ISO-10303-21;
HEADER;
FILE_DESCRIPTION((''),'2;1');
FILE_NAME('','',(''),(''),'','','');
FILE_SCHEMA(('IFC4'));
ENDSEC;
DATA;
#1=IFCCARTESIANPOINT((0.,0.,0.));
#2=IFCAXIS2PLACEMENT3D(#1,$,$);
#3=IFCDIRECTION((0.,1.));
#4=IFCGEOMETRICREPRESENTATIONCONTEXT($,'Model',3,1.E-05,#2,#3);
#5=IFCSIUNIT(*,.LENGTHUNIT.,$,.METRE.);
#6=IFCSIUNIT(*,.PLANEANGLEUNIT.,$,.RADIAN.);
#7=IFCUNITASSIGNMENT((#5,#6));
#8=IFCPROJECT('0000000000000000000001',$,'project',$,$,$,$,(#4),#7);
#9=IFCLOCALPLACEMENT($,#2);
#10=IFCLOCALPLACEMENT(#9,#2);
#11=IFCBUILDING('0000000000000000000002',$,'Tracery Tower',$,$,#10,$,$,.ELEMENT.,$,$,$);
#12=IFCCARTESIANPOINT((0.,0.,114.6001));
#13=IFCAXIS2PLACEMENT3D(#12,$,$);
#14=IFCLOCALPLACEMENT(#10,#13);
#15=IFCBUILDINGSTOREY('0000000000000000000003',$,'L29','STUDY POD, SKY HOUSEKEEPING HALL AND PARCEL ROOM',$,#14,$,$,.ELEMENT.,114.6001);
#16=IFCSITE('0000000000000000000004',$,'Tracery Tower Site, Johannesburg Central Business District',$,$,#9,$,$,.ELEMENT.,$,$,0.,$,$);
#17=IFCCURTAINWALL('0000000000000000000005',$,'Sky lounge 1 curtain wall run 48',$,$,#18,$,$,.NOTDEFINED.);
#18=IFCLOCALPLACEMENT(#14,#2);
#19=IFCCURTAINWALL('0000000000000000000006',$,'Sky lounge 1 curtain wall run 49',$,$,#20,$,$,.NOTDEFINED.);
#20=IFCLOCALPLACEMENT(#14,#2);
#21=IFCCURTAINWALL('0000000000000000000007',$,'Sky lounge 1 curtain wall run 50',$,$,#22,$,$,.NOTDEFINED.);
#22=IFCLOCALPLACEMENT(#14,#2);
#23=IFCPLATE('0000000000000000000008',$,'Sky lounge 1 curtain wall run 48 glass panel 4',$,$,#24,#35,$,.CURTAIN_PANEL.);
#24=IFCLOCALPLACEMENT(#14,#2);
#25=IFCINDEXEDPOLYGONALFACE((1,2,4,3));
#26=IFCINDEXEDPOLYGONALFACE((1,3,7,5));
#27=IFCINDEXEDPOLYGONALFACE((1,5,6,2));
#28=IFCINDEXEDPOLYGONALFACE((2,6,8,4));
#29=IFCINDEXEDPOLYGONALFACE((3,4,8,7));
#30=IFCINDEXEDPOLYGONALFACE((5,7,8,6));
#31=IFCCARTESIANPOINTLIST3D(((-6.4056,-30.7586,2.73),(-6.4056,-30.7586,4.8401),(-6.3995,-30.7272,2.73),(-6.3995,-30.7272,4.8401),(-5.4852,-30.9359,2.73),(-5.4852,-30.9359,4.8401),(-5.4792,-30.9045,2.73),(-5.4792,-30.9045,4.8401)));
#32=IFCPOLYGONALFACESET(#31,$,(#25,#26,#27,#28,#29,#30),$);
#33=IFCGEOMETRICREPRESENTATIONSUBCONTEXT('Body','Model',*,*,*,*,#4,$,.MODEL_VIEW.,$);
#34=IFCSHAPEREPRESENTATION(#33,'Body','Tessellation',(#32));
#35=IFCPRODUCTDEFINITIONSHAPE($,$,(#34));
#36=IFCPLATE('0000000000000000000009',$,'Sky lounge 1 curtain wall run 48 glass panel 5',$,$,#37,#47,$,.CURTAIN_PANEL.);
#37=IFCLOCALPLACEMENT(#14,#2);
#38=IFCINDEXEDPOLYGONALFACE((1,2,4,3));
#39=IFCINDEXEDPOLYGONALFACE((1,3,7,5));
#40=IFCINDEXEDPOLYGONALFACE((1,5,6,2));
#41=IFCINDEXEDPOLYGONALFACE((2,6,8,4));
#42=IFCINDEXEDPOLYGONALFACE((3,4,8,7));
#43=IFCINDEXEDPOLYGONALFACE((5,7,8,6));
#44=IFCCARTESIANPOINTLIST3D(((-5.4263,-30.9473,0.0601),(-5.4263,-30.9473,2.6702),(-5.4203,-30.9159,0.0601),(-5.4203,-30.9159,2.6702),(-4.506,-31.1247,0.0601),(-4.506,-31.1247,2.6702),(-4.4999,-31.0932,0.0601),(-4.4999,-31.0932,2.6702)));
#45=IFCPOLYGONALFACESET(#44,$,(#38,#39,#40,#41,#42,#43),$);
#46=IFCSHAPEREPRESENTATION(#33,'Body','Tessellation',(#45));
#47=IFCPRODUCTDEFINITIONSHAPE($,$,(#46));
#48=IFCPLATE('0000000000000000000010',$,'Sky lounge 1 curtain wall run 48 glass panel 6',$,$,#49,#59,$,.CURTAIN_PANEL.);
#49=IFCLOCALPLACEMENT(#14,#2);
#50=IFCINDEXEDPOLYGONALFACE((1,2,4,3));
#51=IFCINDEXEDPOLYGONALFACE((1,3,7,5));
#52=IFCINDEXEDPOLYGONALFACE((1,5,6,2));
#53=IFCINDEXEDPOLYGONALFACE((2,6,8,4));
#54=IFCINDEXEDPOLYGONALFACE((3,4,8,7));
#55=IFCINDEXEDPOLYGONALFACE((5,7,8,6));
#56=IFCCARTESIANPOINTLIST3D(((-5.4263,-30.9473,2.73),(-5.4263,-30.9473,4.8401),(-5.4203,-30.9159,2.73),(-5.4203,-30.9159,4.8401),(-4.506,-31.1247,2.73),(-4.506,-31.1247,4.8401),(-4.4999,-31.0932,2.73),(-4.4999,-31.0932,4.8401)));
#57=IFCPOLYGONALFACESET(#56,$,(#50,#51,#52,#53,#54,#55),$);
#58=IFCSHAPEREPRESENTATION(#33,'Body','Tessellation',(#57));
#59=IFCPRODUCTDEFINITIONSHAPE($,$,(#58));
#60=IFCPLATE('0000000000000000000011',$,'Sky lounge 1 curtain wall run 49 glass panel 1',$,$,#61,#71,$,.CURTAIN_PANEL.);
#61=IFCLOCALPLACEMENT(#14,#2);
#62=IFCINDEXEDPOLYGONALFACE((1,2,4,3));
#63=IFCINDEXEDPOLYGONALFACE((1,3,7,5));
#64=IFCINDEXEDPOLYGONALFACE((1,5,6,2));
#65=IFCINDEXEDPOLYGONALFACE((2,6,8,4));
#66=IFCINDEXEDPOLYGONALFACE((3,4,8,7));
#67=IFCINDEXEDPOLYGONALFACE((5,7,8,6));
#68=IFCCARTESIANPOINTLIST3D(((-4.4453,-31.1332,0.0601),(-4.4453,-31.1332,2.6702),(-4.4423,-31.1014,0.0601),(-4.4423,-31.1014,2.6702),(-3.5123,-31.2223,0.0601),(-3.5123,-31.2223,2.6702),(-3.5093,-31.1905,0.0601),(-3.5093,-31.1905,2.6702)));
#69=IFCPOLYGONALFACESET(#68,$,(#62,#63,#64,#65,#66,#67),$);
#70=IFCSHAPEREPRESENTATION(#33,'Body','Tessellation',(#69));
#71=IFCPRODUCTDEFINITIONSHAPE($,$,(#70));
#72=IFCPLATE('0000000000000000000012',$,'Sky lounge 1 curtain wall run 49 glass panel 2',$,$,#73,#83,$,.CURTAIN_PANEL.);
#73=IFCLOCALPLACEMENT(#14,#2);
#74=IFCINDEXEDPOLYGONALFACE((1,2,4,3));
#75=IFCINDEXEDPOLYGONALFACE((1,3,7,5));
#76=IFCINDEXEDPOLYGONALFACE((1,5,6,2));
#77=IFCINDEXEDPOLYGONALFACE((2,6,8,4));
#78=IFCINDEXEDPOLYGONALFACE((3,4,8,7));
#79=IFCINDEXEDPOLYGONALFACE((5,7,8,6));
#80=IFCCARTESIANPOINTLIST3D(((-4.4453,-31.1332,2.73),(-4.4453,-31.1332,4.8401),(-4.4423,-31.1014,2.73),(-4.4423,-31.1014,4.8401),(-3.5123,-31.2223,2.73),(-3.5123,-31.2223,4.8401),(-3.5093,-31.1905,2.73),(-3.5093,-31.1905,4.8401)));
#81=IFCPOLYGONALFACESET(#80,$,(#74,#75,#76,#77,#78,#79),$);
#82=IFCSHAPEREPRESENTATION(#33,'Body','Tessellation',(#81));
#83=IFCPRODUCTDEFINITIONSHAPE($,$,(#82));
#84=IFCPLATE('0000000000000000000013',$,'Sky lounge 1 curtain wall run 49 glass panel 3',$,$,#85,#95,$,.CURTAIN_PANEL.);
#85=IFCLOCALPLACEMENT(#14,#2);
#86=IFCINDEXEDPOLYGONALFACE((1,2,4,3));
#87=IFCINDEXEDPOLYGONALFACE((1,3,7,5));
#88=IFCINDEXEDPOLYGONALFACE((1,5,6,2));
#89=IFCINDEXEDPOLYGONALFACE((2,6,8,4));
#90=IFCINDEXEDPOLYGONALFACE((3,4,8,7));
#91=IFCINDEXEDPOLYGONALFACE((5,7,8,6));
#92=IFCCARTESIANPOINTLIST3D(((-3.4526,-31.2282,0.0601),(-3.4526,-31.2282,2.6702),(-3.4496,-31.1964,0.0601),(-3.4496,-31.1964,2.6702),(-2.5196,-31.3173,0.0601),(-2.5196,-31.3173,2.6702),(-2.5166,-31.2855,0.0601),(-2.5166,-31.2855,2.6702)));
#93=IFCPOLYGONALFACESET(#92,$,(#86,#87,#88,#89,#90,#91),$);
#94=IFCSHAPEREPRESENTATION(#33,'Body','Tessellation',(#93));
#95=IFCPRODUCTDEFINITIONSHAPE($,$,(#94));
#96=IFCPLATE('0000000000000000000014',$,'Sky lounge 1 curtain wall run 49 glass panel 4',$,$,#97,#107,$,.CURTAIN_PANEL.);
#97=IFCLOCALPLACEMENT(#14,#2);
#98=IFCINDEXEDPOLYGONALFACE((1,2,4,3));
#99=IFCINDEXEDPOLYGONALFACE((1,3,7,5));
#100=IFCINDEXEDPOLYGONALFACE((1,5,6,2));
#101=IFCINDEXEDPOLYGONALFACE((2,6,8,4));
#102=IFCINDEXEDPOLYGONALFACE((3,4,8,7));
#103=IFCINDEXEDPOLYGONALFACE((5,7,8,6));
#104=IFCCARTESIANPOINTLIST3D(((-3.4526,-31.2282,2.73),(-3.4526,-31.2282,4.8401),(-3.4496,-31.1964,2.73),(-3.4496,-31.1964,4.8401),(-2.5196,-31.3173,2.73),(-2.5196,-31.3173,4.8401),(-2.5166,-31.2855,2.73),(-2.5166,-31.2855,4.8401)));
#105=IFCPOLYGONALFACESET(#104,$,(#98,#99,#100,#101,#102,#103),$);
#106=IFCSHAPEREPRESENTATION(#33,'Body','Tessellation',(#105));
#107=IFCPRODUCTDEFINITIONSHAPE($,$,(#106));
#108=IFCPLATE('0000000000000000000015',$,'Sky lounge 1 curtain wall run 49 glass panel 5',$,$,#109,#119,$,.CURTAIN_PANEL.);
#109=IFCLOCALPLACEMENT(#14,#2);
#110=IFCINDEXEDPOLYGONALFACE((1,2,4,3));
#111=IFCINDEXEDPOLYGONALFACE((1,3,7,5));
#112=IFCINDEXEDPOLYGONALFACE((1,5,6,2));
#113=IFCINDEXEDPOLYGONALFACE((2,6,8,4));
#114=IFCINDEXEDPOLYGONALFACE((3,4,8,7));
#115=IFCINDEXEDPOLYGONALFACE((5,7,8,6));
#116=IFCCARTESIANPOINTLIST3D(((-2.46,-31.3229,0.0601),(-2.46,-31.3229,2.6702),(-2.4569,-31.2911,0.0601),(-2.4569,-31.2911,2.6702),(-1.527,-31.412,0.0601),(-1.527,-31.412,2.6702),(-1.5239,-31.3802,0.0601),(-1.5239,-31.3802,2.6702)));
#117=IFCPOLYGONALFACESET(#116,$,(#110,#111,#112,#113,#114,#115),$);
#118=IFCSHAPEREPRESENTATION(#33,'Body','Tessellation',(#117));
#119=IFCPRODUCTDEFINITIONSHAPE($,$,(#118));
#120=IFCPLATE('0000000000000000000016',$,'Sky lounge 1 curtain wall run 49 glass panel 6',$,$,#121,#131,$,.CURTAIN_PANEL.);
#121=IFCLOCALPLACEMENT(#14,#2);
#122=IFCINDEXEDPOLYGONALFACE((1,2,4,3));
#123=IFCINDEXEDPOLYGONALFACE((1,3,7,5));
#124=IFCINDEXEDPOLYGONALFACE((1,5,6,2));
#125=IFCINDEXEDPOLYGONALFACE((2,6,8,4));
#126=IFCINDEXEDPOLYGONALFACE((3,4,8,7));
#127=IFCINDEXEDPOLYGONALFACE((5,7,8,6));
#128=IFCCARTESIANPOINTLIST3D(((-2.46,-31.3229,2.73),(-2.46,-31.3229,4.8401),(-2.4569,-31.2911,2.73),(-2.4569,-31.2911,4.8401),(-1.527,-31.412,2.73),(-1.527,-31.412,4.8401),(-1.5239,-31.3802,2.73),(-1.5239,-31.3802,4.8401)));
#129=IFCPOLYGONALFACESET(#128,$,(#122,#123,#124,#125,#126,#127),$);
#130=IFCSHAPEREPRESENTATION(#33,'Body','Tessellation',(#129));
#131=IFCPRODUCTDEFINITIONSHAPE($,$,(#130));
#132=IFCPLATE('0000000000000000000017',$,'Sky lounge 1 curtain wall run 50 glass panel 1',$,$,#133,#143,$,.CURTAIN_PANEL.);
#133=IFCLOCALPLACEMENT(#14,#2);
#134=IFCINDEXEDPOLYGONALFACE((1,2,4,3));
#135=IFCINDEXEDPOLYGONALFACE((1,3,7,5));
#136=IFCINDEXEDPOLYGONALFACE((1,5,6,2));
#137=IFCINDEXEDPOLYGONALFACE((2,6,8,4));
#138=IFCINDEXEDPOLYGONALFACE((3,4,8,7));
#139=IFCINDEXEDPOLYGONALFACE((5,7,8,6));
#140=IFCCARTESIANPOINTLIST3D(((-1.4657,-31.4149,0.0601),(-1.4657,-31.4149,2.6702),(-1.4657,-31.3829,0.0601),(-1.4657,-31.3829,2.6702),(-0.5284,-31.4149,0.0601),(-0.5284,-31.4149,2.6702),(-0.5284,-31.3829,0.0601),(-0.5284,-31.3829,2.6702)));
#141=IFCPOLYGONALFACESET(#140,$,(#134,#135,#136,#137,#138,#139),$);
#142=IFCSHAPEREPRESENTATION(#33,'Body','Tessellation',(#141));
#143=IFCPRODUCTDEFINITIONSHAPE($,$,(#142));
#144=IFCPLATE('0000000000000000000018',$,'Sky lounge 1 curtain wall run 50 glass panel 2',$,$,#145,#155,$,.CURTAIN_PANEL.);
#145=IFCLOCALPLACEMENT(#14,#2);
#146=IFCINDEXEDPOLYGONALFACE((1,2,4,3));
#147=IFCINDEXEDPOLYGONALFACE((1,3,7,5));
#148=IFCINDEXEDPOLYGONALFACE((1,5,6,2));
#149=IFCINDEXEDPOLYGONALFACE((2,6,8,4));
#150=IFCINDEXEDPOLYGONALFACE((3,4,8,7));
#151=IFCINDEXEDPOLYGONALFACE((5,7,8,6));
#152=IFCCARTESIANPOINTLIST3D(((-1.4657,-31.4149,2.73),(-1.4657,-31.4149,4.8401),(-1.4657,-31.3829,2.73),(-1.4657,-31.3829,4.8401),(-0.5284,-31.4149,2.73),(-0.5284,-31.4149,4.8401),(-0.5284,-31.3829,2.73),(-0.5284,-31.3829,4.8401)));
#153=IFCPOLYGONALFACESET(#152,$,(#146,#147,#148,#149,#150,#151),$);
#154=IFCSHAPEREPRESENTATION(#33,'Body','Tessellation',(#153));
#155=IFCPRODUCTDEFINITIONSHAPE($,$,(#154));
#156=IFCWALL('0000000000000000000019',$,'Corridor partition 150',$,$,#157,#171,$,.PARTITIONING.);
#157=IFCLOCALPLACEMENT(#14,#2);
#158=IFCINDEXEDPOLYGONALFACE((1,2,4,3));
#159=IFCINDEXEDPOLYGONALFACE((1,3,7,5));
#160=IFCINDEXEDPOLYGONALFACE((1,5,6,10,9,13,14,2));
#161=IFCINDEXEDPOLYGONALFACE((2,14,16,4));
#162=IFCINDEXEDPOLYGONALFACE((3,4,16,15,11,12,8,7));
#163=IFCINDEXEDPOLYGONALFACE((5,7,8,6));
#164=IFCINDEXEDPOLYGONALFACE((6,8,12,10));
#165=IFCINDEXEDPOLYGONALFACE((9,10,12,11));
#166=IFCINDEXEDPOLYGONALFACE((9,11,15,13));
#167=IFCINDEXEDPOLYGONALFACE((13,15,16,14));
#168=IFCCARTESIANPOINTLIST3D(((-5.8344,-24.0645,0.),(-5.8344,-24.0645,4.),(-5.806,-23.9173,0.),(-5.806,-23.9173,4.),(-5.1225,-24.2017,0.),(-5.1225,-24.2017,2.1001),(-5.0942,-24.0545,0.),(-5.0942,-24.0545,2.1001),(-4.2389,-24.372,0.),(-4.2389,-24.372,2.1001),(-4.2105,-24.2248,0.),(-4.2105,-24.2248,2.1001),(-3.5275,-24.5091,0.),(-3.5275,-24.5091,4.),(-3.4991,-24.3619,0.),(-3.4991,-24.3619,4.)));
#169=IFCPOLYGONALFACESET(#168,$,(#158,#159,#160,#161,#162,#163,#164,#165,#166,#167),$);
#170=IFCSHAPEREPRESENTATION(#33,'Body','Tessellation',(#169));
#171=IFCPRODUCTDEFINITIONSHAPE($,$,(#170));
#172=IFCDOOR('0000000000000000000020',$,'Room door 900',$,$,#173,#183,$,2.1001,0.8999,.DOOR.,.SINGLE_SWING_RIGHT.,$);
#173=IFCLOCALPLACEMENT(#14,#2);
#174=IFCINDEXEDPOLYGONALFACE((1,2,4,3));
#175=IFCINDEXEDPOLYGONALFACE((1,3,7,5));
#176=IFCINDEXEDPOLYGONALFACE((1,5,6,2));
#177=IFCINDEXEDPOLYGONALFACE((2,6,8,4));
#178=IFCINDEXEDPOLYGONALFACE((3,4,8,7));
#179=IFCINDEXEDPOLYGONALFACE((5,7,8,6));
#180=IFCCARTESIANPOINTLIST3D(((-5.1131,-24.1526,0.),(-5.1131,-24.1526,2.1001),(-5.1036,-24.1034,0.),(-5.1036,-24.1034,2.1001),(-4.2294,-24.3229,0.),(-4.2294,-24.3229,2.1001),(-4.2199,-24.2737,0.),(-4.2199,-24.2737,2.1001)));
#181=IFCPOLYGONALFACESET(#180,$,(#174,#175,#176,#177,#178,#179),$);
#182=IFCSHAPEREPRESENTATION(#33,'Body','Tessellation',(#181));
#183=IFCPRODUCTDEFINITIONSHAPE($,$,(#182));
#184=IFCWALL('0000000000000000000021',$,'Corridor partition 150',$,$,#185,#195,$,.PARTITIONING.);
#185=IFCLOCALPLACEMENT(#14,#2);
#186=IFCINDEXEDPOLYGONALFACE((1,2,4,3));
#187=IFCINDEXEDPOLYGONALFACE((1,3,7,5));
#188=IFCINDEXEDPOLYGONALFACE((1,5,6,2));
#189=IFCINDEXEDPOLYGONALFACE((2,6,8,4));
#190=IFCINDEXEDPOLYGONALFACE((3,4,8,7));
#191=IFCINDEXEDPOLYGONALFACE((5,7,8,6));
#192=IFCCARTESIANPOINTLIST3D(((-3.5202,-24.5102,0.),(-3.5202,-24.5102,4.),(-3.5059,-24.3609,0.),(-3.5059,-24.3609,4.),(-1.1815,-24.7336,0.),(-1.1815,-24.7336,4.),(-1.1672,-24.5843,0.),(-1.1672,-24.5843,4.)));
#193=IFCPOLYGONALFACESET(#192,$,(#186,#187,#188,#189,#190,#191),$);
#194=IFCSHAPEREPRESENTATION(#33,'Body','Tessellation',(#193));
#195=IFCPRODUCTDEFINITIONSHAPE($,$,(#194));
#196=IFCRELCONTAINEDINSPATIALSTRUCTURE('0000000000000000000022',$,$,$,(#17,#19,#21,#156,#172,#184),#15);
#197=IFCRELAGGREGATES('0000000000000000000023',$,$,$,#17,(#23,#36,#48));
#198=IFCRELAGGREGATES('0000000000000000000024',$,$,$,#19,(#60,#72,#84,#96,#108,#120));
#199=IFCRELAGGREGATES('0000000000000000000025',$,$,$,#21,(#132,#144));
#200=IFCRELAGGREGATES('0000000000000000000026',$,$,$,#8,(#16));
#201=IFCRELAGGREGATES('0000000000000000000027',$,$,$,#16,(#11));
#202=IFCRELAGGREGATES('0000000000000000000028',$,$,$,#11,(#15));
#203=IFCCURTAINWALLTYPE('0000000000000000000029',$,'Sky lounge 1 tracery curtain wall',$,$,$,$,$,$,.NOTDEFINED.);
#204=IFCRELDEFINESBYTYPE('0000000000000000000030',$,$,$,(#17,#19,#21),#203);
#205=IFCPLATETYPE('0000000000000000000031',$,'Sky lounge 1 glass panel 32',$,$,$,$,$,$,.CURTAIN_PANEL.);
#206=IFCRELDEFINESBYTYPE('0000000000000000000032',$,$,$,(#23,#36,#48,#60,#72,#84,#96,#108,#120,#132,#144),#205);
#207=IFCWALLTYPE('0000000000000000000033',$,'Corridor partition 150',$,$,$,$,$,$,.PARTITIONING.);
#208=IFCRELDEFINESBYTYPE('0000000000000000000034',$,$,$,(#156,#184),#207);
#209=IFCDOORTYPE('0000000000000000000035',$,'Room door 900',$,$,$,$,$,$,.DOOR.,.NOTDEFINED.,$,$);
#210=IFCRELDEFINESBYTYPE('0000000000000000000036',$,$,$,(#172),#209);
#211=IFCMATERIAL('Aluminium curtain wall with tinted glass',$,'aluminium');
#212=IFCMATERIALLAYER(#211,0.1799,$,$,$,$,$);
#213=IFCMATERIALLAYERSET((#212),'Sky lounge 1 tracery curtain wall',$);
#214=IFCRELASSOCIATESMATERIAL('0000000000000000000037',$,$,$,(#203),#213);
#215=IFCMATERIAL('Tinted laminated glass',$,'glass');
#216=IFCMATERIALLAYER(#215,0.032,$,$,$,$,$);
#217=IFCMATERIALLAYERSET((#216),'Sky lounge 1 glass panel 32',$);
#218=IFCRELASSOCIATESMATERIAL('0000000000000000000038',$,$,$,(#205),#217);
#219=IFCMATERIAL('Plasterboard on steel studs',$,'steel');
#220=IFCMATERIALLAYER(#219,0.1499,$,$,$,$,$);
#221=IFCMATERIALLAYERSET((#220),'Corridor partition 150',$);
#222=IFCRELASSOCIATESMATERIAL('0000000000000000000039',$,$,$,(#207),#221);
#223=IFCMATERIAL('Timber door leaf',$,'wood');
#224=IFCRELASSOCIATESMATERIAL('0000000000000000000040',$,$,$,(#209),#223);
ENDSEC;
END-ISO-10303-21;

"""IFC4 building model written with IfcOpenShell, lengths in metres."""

from ifc_helpers import new_model, si_unit, direction, frame, frame_2d, origin, origin_2d, place, context, subcontext, project, spatial, rectangle, extrude, material, layer, layer_set, type_object, element, fill, aggregate, save


model = new_model("IFC4")

# Units and contexts
model_context = context("Model", 3, precision=1e-05, world=origin(), true_north=direction((0.0, 1.0)))
body_context = subcontext(model_context, "Body", "Model", "MODEL_VIEW")
ifc_project = project(units=[si_unit("LENGTHUNIT", "METRE"), si_unit("PLANEANGLEUNIT", "RADIAN")], contexts=[model_context])

# Site, building, storey
site_placement = place(None, origin())
site = spatial("IfcSite", under=ifc_project, at=site_placement, Name="Tracery Tower Site, Johannesburg Central Business District", CompositionType="ELEMENT", RefElevation=0.0)
building_placement = place(site_placement, origin())
building = spatial("IfcBuilding", under=site, at=building_placement, Name="Tracery Tower", CompositionType="ELEMENT")
storey_placement = place(building_placement, frame((0.0, 0.0, 114.6001)))
storey = spatial("IfcBuildingStorey", under=building, at=storey_placement, Name="L29", Description="STUDY POD, SKY HOUSEKEEPING HALL AND PARCEL ROOM", CompositionType="ELEMENT", Elevation=114.6001)

# Curtain walls
ifc_material_1 = material(Name="Aluminium curtain wall with tinted glass", Category="aluminium")
ifc_layer_1 = layer(ifc_material_1, 0.1799)
ifc_layer_set_1 = layer_set([ifc_layer_1], Name="Sky lounge 1 tracery curtain wall")
curtain_wall_type = type_object("IfcCurtainWallType", Name="Sky lounge 1 tracery curtain wall", PredefinedType="NOTDEFINED", material=ifc_layer_set_1)
curtain_wall_1_placement = place(storey_placement, origin())
curtain_wall_1 = element("IfcCurtainWall", 1, at=curtain_wall_1_placement, inside=storey, type_object=curtain_wall_type, Name="Sky lounge 1 curtain wall run 48", PredefinedType="NOTDEFINED")
curtain_wall_2_placement = place(storey_placement, origin())
curtain_wall_2 = element("IfcCurtainWall", 2, at=curtain_wall_2_placement, inside=storey, type_object=curtain_wall_type, Name="Sky lounge 1 curtain wall run 49", PredefinedType="NOTDEFINED")

# Curtain wall
curtain_wall_3_placement = place(storey_placement, origin())
curtain_wall_3 = element("IfcCurtainWall", 3, at=curtain_wall_3_placement, inside=storey, type_object=curtain_wall_type, Name="Sky lounge 1 curtain wall run 50", PredefinedType="NOTDEFINED")

# Plates
ifc_material_2 = material(Name="Tinted laminated glass", Category="glass")
ifc_layer_2 = layer(ifc_material_2, 0.032)
ifc_layer_set_2 = layer_set([ifc_layer_2], Name="Sky lounge 1 glass panel 32")
plate_type = type_object("IfcPlateType", Name="Sky lounge 1 glass panel 32", PredefinedType="CURTAIN_PANEL", material=ifc_layer_set_2)
plate_1_placement = place(storey_placement, frame((-5.9424, -30.8315, 2.73), z_axis=(0.0, 0.0, 1.0), x_axis=(0.981929, -0.189251, 0.0)))
plate_1 = element("IfcPlate", 4, at=plate_1_placement, type_object=plate_type, Name="Sky lounge 1 curtain wall run 48 glass panel 4", PredefinedType="CURTAIN_PANEL", context=body_context, shape_type="SweptSolid", body=[
    extrude(rectangle(XDim=0.9373, YDim=0.032, at=origin_2d()), origin(), (0.0, 0.0, 1.0), 2.1101),
])
plate_2_placement = place(storey_placement, frame((-4.9631, -31.0203, 0.0601), z_axis=(0.0, 0.0, 1.0), x_axis=(0.981929, -0.189251, 0.0)))
plate_2 = element("IfcPlate", 5, at=plate_2_placement, type_object=plate_type, Name="Sky lounge 1 curtain wall run 48 glass panel 5", PredefinedType="CURTAIN_PANEL", context=body_context, shape_type="SweptSolid", body=[
    extrude(rectangle(XDim=0.9373, YDim=0.032, at=origin_2d()), origin(), (0.0, 0.0, 1.0), 2.6101),
])
plate_3_placement = place(storey_placement, frame((-4.9631, -31.0203, 2.73), z_axis=(0.0, 0.0, 1.0), x_axis=(0.981929, -0.189251, 0.0)))
plate_3 = element("IfcPlate", 6, at=plate_3_placement, type_object=plate_type, Name="Sky lounge 1 curtain wall run 48 glass panel 6", PredefinedType="CURTAIN_PANEL", context=body_context, shape_type="SweptSolid", body=[
    extrude(rectangle(XDim=0.9373, YDim=0.032, at=origin_2d()), origin(), (0.0, 0.0, 1.0), 2.1101),
])
aggregate(curtain_wall_1, [plate_1, plate_2, plate_3])
plate_4_placement = place(storey_placement, frame((-3.9773, -31.1619, 0.0601), z_axis=(0.0, 0.0, 1.0), x_axis=(0.995472, -0.095056, 0.0)))
plate_4 = element("IfcPlate", 7, at=plate_4_placement, type_object=plate_type, Name="Sky lounge 1 curtain wall run 49 glass panel 1", PredefinedType="CURTAIN_PANEL", context=body_context, shape_type="SweptSolid", body=[
    extrude(rectangle(XDim=0.9373, YDim=0.032, at=origin_2d()), origin(), (0.0, 0.0, 1.0), 2.6101),
])
plate_5_placement = place(storey_placement, frame((-3.9773, -31.1619, 2.73), z_axis=(0.0, 0.0, 1.0), x_axis=(0.995472, -0.095056, 0.0)))
plate_5 = element("IfcPlate", 8, at=plate_5_placement, type_object=plate_type, Name="Sky lounge 1 curtain wall run 49 glass panel 2", PredefinedType="CURTAIN_PANEL", context=body_context, shape_type="SweptSolid", body=[
    extrude(rectangle(XDim=0.9373, YDim=0.032, at=origin_2d()), origin(), (0.0, 0.0, 1.0), 2.1101),
])
plate_6_placement = place(storey_placement, frame((-2.9846, -31.2568, 0.0601), z_axis=(0.0, 0.0, 1.0), x_axis=(0.995472, -0.095056, 0.0)))
plate_6 = element("IfcPlate", 9, at=plate_6_placement, type_object=plate_type, Name="Sky lounge 1 curtain wall run 49 glass panel 3", PredefinedType="CURTAIN_PANEL", context=body_context, shape_type="SweptSolid", body=[
    extrude(rectangle(XDim=0.9373, YDim=0.032, at=origin_2d()), origin(), (0.0, 0.0, 1.0), 2.6101),
])
plate_7_placement = place(storey_placement, frame((-2.9846, -31.2568, 2.73), z_axis=(0.0, 0.0, 1.0), x_axis=(0.995472, -0.095056, 0.0)))
plate_7 = element("IfcPlate", 10, at=plate_7_placement, type_object=plate_type, Name="Sky lounge 1 curtain wall run 49 glass panel 4", PredefinedType="CURTAIN_PANEL", context=body_context, shape_type="SweptSolid", body=[
    extrude(rectangle(XDim=0.9373, YDim=0.032, at=origin_2d()), origin(), (0.0, 0.0, 1.0), 2.1101),
])
plate_8_placement = place(storey_placement, frame((-1.9919, -31.3516, 0.0601), z_axis=(0.0, 0.0, 1.0), x_axis=(0.995472, -0.095056, 0.0)))
plate_8 = element("IfcPlate", 11, at=plate_8_placement, type_object=plate_type, Name="Sky lounge 1 curtain wall run 49 glass panel 5", PredefinedType="CURTAIN_PANEL", context=body_context, shape_type="SweptSolid", body=[
    extrude(rectangle(XDim=0.9373, YDim=0.032, at=origin_2d()), origin(), (0.0, 0.0, 1.0), 2.6101),
])
plate_9_placement = place(storey_placement, frame((-1.9919, -31.3516, 2.73), z_axis=(0.0, 0.0, 1.0), x_axis=(0.995472, -0.095056, 0.0)))
plate_9 = element("IfcPlate", 12, at=plate_9_placement, type_object=plate_type, Name="Sky lounge 1 curtain wall run 49 glass panel 6", PredefinedType="CURTAIN_PANEL", context=body_context, shape_type="SweptSolid", body=[
    extrude(rectangle(XDim=0.9373, YDim=0.032, at=origin_2d()), origin(), (0.0, 0.0, 1.0), 2.1101),
])
aggregate(curtain_wall_2, [plate_4, plate_5, plate_6, plate_7, plate_8, plate_9])
plate_10_placement = place(storey_placement, frame((-0.9971, -31.3989, 0.0601), z_axis=(0.0, 0.0, 1.0), x_axis=(1.0, 0.0, 0.0)))
plate_10 = element("IfcPlate", 13, at=plate_10_placement, type_object=plate_type, Name="Sky lounge 1 curtain wall run 50 glass panel 1", PredefinedType="CURTAIN_PANEL", context=body_context, shape_type="SweptSolid", body=[
    extrude(rectangle(XDim=0.9373, YDim=0.032, at=origin_2d()), origin(), (0.0, 0.0, 1.0), 2.6101),
])
plate_11_placement = place(storey_placement, frame((-0.9971, -31.3989, 2.73), z_axis=(0.0, 0.0, 1.0), x_axis=(1.0, 0.0, 0.0)))
plate_11 = element("IfcPlate", 14, at=plate_11_placement, type_object=plate_type, Name="Sky lounge 1 curtain wall run 50 glass panel 2", PredefinedType="CURTAIN_PANEL", context=body_context, shape_type="SweptSolid", body=[
    extrude(rectangle(XDim=0.9373, YDim=0.032, at=origin_2d()), origin(), (0.0, 0.0, 1.0), 2.1101),
])
aggregate(curtain_wall_3, [plate_10, plate_11])

# Wall, opening, door
ifc_material_3 = material(Name="Plasterboard on steel studs", Category="steel")
ifc_layer_3 = layer(ifc_material_3, 0.1499)
ifc_layer_set_3 = layer_set([ifc_layer_3], Name="Corridor partition 150")
wall_type_1 = type_object("IfcWallType", Name="Corridor partition 150", PredefinedType="PARTITIONING", material=ifc_layer_set_3)
wall_1_placement = place(storey_placement, frame((-3.5132, -24.4355, 0.0), z_axis=(0.0, 0.0, 1.0), x_axis=(-0.981932, 0.189237, 0.0)))
wall_1 = element("IfcWall", 15, at=wall_1_placement, inside=storey, type_object=wall_type_1, Name="Corridor partition 150", PredefinedType="PARTITIONING", context=body_context, shape_type="SweptSolid", body=[
    extrude(rectangle(XDim=2.3494, YDim=0.1499, at=frame_2d((1.1748, 0.0))), origin(), (0.0, 0.0, 1.0), 4.0),
])
opening_placement = place(wall_1_placement, frame((0.7246, 0.0, 0.0)))
opening = element("IfcOpeningElement", 16, at=opening_placement, cuts=wall_1, PredefinedType="OPENING", context=body_context, shape_type="SweptSolid", body=[
    extrude(rectangle(XDim=0.8999, YDim=2.1001, at=frame_2d((0.45, 1.05))), frame((0.0, 0.075, 0.0), z_axis=(0.0, -1.0, 0.0), x_axis=(1.0, 0.0, 0.0)), (0.0, 0.0, 1.0), 0.1499),
])
ifc_material_4 = material(Name="Timber door leaf", Category="wood")
door_type = type_object("IfcDoorType", Name="Room door 900", OperationType="NOTDEFINED", PredefinedType="DOOR", material=ifc_material_4)
door_placement = place(opening_placement, origin())
door = element("IfcDoor", 17, at=door_placement, inside=storey, type_object=door_type, Name="Room door 900", OperationType="SINGLE_SWING_RIGHT", OverallHeight=2.1001, OverallWidth=0.8999, PredefinedType="DOOR", context=body_context, shape_type="SweptSolid", body=[
    extrude(rectangle(XDim=0.8999, YDim=2.1001, at=frame_2d((0.45, 1.05))), frame((0.0, 0.0249, 0.0), z_axis=(0.0, -1.0, 0.0), x_axis=(1.0, 0.0, 0.0)), (0.0, 0.0, 1.0), 0.05),
])
fill(opening, door)

# Wall
wall_2_placement = place(storey_placement, frame((-3.5132, -24.4355, 0.0), z_axis=(0.0, 0.0, 1.0), x_axis=(0.995469, -0.095089, 0.0)))
element("IfcWall", 18, at=wall_2_placement, inside=storey, type_object=wall_type_1, Name="Corridor partition 150", PredefinedType="PARTITIONING", context=body_context, shape_type="SweptSolid", body=[
    extrude(rectangle(XDim=2.3494, YDim=0.1499, at=frame_2d((1.1748, 0.0))), origin(), (0.0, 0.0, 1.0), 4.0),
])

save(model, "model.ifc")
